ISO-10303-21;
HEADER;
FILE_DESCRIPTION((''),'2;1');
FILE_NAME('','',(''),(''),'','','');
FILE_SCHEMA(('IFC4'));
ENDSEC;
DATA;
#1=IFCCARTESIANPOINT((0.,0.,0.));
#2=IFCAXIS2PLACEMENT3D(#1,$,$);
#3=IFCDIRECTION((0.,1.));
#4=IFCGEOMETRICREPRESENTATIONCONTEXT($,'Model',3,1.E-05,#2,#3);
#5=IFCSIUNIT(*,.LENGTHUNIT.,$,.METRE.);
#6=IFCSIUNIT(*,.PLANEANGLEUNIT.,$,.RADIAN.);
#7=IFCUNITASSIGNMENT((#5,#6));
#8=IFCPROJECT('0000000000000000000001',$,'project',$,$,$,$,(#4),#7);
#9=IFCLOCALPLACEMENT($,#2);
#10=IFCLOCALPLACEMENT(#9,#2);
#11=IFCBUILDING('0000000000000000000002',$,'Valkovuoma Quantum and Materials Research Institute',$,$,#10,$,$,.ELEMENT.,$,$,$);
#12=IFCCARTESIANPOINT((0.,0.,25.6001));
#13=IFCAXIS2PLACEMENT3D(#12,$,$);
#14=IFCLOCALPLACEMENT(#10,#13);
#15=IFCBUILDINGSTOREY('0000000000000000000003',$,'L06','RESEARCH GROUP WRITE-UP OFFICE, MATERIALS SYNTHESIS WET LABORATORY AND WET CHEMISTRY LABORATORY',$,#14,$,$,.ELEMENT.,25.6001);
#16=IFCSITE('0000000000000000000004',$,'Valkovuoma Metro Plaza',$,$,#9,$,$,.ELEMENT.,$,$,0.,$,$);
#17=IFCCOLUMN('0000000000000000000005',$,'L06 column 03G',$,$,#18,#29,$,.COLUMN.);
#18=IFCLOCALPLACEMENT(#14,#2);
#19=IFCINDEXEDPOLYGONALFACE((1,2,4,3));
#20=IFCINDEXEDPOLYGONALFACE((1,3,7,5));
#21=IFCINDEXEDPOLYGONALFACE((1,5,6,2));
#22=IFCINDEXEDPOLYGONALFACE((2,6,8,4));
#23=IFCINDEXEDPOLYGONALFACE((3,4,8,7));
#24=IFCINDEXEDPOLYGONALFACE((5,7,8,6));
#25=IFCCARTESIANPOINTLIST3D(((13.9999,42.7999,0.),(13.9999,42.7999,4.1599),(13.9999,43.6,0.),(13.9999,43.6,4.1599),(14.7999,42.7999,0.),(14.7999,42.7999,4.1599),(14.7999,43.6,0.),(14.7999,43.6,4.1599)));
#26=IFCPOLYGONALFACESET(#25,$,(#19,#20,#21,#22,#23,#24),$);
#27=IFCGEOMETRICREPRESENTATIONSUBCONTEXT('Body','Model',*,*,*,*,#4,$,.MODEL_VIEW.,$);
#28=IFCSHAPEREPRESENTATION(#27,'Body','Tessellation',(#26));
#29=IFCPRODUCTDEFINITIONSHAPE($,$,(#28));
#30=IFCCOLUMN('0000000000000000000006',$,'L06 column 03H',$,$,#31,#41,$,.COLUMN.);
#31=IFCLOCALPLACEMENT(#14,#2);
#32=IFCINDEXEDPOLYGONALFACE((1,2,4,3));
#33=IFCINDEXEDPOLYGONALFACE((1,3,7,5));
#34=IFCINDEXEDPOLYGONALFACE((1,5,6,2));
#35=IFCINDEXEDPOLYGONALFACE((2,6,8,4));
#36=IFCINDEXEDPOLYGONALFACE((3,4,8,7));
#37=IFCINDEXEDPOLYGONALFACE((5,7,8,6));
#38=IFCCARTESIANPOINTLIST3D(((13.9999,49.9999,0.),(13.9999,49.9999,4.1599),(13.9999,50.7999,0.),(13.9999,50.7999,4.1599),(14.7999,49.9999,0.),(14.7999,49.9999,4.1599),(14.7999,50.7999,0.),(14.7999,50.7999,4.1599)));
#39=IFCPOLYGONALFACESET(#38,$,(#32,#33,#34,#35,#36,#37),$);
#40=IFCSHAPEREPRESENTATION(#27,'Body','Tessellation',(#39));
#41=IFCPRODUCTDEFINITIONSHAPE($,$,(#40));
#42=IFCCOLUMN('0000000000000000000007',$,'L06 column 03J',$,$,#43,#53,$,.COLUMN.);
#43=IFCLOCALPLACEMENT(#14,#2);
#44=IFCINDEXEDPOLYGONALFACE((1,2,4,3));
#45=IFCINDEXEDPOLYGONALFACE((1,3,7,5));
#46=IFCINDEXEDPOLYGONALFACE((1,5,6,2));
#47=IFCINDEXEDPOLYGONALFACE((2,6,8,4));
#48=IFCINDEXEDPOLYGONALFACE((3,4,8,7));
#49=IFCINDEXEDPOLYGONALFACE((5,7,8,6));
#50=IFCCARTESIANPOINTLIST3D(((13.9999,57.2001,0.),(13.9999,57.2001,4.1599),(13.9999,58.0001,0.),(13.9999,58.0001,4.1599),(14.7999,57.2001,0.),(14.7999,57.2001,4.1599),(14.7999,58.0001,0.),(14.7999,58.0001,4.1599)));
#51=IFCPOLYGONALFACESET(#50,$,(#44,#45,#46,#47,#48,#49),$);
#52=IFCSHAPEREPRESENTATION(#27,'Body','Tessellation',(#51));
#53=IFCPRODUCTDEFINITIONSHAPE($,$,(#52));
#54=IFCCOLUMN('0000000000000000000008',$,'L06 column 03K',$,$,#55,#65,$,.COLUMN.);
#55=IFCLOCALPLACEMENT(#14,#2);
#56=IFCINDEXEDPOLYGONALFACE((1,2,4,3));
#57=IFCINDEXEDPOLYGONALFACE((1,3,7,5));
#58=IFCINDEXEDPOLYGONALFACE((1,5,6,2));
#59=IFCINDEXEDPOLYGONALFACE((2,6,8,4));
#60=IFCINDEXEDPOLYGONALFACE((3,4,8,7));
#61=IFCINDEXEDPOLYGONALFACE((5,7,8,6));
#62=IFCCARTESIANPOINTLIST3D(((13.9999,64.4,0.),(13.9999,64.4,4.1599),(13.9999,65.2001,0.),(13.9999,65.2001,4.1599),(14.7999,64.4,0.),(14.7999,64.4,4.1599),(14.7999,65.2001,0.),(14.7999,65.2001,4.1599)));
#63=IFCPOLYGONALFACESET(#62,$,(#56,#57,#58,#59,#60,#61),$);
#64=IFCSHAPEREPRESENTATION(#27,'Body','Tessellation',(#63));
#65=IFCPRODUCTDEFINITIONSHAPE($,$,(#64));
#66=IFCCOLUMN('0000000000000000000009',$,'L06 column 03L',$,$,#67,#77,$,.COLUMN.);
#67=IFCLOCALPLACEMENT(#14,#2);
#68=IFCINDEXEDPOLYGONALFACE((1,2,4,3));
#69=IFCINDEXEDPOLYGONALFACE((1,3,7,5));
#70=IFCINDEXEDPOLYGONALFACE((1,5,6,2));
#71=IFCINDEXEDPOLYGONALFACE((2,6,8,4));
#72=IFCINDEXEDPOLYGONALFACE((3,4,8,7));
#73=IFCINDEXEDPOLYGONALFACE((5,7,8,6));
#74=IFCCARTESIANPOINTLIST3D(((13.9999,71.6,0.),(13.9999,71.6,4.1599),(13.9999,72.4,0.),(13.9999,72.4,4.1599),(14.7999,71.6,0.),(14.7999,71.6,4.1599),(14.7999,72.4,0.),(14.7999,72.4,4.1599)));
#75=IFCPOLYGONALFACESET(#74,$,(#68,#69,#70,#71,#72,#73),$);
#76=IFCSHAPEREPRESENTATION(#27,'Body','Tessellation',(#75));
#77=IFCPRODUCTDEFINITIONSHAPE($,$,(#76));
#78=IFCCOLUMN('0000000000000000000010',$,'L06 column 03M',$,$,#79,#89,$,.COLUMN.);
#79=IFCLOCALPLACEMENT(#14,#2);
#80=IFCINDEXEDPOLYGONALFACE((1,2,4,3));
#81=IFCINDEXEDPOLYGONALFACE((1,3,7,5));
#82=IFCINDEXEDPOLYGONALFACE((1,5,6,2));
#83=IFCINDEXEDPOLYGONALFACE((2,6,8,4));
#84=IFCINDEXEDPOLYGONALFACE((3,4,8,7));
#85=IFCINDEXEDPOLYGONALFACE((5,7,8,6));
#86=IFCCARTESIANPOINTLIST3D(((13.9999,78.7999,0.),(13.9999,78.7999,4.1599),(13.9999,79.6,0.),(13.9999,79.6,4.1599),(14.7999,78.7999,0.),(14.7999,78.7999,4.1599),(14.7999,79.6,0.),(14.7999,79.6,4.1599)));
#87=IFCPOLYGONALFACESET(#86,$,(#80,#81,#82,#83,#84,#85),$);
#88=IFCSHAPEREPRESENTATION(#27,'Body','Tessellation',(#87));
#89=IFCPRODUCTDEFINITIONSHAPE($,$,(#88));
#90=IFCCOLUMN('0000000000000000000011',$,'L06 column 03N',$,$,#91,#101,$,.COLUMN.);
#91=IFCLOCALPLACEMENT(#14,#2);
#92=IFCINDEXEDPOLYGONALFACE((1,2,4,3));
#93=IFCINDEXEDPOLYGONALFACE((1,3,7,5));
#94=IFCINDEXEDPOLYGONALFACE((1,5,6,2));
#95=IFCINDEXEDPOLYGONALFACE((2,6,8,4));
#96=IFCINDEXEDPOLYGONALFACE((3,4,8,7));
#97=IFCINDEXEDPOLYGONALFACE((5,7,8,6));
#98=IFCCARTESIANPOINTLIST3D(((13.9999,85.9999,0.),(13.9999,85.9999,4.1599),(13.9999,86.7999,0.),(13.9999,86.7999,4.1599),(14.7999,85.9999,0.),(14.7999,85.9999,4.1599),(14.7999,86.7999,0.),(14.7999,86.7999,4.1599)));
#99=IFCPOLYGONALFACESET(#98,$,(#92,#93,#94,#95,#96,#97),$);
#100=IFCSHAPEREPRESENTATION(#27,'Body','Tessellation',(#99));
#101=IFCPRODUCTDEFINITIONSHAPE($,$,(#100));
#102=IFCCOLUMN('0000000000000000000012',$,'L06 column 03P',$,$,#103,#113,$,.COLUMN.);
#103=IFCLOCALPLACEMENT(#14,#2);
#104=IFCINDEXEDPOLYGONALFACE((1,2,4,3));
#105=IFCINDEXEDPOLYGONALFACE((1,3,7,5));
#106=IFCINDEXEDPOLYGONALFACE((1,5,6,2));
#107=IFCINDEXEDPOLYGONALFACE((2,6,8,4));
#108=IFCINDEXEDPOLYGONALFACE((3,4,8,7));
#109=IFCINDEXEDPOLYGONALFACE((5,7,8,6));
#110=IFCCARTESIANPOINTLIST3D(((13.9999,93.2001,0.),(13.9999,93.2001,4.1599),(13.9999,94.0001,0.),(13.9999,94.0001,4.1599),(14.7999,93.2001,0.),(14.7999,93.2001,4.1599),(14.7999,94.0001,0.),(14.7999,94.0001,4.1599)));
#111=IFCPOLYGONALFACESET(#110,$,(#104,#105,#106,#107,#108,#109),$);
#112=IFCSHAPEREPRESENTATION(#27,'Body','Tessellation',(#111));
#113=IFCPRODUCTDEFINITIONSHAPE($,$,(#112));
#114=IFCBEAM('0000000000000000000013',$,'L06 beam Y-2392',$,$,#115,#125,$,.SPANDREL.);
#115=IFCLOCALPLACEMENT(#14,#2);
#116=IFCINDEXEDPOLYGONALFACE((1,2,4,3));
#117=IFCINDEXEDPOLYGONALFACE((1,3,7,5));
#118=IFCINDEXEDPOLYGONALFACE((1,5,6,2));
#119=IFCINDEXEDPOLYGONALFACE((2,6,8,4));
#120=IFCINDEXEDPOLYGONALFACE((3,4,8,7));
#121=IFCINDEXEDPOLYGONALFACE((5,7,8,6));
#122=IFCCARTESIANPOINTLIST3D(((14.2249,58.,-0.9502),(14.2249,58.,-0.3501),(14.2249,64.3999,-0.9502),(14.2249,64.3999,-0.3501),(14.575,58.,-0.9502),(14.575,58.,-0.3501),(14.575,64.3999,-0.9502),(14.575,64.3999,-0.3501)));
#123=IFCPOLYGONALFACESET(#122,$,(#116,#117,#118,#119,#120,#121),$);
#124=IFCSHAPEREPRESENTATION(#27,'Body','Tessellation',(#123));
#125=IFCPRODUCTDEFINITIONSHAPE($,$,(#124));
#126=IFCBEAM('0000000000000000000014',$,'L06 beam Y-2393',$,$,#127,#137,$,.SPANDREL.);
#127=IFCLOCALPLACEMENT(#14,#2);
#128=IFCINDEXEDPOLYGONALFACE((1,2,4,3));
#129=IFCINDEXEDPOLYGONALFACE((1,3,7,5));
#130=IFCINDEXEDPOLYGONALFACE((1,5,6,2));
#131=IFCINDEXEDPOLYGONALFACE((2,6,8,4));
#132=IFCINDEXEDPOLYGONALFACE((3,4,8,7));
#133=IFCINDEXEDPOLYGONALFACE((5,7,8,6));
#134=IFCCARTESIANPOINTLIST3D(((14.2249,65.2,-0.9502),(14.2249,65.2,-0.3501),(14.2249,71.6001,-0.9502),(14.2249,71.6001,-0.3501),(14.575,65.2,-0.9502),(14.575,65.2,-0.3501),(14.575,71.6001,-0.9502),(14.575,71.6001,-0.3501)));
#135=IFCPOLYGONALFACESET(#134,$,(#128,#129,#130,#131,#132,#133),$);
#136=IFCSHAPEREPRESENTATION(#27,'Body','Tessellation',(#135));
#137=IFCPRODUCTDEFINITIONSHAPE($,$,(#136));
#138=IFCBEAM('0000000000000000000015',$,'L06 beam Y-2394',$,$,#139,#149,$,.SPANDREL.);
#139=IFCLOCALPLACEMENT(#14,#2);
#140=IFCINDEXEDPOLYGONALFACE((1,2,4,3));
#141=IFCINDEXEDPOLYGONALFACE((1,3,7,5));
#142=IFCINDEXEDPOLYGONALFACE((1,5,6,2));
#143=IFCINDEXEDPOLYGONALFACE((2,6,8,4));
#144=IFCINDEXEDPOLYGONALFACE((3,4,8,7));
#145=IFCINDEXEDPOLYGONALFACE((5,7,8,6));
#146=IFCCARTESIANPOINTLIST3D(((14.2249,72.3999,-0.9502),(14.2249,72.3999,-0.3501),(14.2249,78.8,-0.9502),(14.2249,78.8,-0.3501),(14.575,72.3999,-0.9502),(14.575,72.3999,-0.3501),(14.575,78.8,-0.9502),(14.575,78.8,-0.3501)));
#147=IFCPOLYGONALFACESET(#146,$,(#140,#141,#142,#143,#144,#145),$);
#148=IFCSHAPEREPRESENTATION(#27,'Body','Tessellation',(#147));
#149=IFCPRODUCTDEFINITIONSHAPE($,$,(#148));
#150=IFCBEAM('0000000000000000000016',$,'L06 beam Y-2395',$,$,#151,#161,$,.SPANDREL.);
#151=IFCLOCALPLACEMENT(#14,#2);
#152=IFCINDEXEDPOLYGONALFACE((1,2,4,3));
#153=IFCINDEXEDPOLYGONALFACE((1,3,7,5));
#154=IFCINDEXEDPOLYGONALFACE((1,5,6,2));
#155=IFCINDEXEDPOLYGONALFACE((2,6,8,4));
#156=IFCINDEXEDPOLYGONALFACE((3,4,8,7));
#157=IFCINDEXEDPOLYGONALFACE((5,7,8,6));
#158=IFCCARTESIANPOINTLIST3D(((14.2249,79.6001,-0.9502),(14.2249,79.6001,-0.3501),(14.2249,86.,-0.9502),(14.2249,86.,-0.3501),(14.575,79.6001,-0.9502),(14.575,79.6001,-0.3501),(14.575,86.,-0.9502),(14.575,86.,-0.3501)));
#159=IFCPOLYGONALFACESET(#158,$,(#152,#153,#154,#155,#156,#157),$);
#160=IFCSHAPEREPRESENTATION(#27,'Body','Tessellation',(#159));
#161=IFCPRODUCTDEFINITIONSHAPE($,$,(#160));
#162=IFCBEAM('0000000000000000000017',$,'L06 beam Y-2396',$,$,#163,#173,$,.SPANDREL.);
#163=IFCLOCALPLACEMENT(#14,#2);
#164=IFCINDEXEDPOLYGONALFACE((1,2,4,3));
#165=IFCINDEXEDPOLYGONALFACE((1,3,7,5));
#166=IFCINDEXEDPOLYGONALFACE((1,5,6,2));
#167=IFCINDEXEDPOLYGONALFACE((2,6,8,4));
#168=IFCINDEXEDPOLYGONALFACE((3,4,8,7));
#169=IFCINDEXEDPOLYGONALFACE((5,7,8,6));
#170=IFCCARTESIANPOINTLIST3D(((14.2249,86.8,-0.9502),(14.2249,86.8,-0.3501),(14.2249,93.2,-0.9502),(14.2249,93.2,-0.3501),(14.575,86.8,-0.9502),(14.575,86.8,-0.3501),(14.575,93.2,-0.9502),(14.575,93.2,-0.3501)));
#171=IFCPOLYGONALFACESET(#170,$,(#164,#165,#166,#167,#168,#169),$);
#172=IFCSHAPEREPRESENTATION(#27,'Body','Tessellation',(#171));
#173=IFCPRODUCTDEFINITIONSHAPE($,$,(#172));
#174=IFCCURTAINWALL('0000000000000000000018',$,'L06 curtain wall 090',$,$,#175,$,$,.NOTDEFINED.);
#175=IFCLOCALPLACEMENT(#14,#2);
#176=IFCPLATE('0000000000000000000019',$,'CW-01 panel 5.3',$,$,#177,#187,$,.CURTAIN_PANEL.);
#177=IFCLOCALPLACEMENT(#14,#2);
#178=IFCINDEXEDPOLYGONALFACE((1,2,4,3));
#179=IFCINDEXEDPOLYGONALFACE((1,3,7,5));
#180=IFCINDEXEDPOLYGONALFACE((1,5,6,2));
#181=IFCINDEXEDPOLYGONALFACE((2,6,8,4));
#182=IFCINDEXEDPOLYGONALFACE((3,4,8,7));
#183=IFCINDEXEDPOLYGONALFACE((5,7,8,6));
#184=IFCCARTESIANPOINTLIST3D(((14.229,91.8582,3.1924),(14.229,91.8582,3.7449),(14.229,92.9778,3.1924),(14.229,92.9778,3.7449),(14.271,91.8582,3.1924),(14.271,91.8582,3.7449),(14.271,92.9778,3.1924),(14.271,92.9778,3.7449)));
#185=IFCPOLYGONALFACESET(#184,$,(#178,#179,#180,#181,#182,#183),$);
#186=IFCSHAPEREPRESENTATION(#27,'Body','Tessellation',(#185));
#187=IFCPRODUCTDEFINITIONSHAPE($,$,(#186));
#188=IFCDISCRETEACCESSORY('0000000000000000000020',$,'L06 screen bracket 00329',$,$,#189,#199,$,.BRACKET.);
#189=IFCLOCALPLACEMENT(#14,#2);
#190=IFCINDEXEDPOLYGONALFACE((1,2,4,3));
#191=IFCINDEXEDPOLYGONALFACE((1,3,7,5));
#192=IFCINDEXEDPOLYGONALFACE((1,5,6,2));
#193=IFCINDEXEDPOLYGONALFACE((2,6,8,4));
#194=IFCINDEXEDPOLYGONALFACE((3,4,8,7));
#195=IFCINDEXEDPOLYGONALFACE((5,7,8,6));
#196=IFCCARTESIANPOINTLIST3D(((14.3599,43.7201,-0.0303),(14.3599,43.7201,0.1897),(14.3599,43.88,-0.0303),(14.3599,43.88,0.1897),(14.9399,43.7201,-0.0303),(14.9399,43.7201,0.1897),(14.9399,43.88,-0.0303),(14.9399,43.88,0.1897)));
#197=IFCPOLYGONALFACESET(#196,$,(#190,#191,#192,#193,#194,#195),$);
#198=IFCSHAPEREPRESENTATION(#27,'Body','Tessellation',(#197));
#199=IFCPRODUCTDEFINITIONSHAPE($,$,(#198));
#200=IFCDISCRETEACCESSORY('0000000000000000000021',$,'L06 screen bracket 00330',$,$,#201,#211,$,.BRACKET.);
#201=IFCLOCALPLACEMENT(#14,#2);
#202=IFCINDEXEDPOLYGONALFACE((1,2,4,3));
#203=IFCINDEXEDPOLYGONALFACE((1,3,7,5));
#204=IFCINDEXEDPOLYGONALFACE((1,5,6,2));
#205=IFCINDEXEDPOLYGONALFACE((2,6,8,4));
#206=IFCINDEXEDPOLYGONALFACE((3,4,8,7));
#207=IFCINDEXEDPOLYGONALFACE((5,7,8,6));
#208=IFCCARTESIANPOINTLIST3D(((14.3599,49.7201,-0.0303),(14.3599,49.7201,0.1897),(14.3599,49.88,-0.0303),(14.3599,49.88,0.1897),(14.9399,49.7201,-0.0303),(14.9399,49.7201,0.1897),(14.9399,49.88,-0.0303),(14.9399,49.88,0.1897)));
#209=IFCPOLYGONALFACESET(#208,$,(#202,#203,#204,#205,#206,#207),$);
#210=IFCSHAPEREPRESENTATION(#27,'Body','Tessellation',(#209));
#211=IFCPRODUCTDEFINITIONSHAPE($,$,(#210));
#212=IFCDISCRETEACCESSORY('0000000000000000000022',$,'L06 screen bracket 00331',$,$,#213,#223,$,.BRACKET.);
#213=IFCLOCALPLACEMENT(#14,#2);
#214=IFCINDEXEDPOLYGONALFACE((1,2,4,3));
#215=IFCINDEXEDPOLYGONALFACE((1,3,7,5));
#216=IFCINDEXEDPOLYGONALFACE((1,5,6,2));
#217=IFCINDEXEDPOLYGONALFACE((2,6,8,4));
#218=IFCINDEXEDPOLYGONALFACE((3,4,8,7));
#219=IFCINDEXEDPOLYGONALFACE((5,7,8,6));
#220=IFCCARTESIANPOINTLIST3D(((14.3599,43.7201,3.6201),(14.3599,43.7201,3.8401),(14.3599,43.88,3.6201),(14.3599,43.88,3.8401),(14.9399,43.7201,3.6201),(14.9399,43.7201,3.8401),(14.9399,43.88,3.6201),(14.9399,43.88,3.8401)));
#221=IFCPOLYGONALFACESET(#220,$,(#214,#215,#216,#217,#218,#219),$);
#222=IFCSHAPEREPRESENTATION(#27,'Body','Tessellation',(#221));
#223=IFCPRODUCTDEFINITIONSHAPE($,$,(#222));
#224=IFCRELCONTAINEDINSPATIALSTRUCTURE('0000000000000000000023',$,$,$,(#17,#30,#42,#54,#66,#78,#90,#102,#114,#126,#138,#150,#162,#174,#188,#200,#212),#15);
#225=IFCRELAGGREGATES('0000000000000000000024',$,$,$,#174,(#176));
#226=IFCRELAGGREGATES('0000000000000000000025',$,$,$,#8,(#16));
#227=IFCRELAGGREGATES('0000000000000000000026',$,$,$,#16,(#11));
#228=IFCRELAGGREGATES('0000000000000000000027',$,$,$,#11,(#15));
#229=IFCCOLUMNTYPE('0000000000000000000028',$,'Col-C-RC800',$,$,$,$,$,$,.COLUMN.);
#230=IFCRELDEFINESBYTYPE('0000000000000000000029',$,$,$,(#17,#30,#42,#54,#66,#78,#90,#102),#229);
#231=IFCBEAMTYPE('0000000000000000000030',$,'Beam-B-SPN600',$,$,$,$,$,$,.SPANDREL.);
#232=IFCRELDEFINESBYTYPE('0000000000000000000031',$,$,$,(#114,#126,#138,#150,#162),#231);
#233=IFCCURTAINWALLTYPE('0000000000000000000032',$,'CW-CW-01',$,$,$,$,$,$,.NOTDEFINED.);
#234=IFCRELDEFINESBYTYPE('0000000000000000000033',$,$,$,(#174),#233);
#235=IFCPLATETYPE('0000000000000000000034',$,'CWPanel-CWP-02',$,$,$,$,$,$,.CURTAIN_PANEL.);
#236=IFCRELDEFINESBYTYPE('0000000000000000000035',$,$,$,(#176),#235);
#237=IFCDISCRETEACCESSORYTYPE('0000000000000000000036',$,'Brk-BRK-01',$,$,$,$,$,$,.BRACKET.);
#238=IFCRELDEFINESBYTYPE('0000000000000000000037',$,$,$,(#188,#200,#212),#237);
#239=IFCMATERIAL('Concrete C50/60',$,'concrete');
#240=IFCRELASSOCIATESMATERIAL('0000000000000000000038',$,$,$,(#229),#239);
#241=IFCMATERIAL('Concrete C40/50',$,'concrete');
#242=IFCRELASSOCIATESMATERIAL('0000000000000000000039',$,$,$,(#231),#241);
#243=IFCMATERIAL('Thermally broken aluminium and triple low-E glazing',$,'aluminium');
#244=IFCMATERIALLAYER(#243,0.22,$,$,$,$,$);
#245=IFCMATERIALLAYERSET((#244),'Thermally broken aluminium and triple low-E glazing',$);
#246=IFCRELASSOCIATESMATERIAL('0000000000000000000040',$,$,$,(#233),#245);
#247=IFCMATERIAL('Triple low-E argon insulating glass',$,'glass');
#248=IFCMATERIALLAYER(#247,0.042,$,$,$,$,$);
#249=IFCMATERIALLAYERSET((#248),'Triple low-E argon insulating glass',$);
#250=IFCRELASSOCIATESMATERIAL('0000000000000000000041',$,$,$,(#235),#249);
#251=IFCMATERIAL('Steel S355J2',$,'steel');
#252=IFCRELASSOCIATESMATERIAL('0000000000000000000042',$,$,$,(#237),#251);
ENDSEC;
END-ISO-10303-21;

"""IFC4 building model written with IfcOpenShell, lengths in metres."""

from ifc_helpers import new_model, si_unit, direction, frame, origin, origin_2d, place, context, subcontext, project, spatial, rectangle, extrude, material, layer, layer_set, material_profile, profile_set, type_object, element, aggregate, save


model = new_model("IFC4")

# Units and contexts
model_context = context("Model", 3, precision=1e-05, world=origin(), true_north=direction((0.0, 1.0)))
body_context = subcontext(model_context, "Body", "Model", "MODEL_VIEW")
ifc_project = project(units=[si_unit("LENGTHUNIT", "METRE"), si_unit("PLANEANGLEUNIT", "RADIAN")], contexts=[model_context])

# Site, building, storey
site_placement = place(None, origin())
site = spatial("IfcSite", under=ifc_project, at=site_placement, Name="Valkovuoma Metro Plaza", CompositionType="ELEMENT", RefElevation=0.0)
building_placement = place(site_placement, origin())
building = spatial("IfcBuilding", under=site, at=building_placement, Name="Valkovuoma Quantum and Materials Research Institute", CompositionType="ELEMENT")
storey_placement = place(building_placement, frame((0.0, 0.0, 25.6001)))
storey = spatial("IfcBuildingStorey", under=building, at=storey_placement, Name="L06", Description="RESEARCH GROUP WRITE-UP OFFICE, MATERIALS SYNTHESIS WET LABORATORY AND WET CHEMISTRY LABORATORY", CompositionType="ELEMENT", Elevation=25.6001)

# Columns
ifc_material_1 = material(Name="Concrete C50/60", Category="concrete")
ifc_material_profile_1 = material_profile(ifc_material_1, rectangle(XDim=0.8, YDim=0.8, at=origin_2d()), Name="Concrete C50/60")
ifc_profile_set_1 = profile_set([ifc_material_profile_1], Name="Concrete C50/60")
column_type = type_object("IfcColumnType", Name="Col-C-RC800", PredefinedType="COLUMN", material=ifc_profile_set_1)
for number, where, z_axis, x_axis, name in (
    (1, (14.3999, 43.2, 0.0), (0.0, 0.0, 1.0), (1.0, 0.0, 0.0), "L06 column 03G"),
    (2, (14.3999, 50.3999, 0.0), (0.0, 0.0, 1.0), (1.0, 0.0, 0.0), "L06 column 03H"),
    (3, (14.3999, 57.6001, 0.0), (0.0, 0.0, 1.0), (1.0, 0.0, 0.0), "L06 column 03J"),
    (4, (14.3999, 64.8, 0.0), (0.0, 0.0, 1.0), (1.0, 0.0, 0.0), "L06 column 03K"),
    (5, (14.3999, 72.0, 0.0), (0.0, 0.0, 1.0), (1.0, 0.0, 0.0), "L06 column 03L"),
    (6, (14.3999, 79.2, 0.0), (0.0, 0.0, 1.0), (1.0, 0.0, 0.0), "L06 column 03M"),
    (7, (14.3999, 86.3999, 0.0), (0.0, 0.0, 1.0), (1.0, 0.0, 0.0), "L06 column 03N"),
    (8, (14.3999, 93.6001, 0.0), (0.0, 0.0, 1.0), (1.0, 0.0, 0.0), "L06 column 03P"),
):
    element("IfcColumn", number, at=place(storey_placement, frame(where, z_axis=z_axis, x_axis=x_axis)), inside=storey, type_object=column_type, Name=name, PredefinedType="COLUMN", context=body_context, shape_type="SweptSolid", body=[
        extrude(rectangle(XDim=0.8, YDim=0.8, at=origin_2d()), origin(), (0.0, 0.0, 1.0), 4.1599),
    ])

# Beams
ifc_material_2 = material(Name="Concrete C40/50", Category="concrete")
ifc_material_profile_2 = material_profile(ifc_material_2, rectangle(XDim=0.3501, YDim=0.6001, at=origin_2d()), Name="Concrete C40/50")
ifc_profile_set_2 = profile_set([ifc_material_profile_2], Name="Concrete C40/50")
beam_type = type_object("IfcBeamType", Name="Beam-B-SPN600", PredefinedType="SPANDREL", material=ifc_profile_set_2)
beam_placement = place(storey_placement, frame((14.3999, 58.0, -0.6501), z_axis=(0.0, 1.0, 0.0), x_axis=(-1.0, 0.0, 0.0)))
element("IfcBeam", 9, at=beam_placement, inside=storey, type_object=beam_type, Name="L06 beam Y-2392", PredefinedType="SPANDREL", context=body_context, shape_type="SweptSolid", body=[
    extrude(rectangle(XDim=0.3501, YDim=0.6001, at=origin_2d()), origin(), (0.0, 0.0, 1.0), 6.3999),
])
for number, where, z_axis, x_axis, name in (
    (10, (14.3999, 65.2, -0.6501), (0.0, 1.0, 0.0), (-1.0, 0.0, 0.0), "L06 beam Y-2393"),
    (11, (14.3999, 72.3999, -0.6501), (0.0, 1.0, 0.0), (-1.0, 0.0, 0.0), "L06 beam Y-2394"),
):
    element("IfcBeam", number, at=place(storey_placement, frame(where, z_axis=z_axis, x_axis=x_axis)), inside=storey, type_object=beam_type, Name=name, PredefinedType="SPANDREL", context=body_context, shape_type="SweptSolid", body=[
        extrude(rectangle(XDim=0.3501, YDim=0.6001, at=origin_2d()), origin(), (0.0, 0.0, 1.0), 6.4001),
    ])
for number, where, z_axis, x_axis, name in (
    (12, (14.3999, 79.6001, -0.6501), (0.0, 1.0, 0.0), (-1.0, 0.0, 0.0), "L06 beam Y-2395"),
    (13, (14.3999, 86.8, -0.6501), (0.0, 1.0, 0.0), (-1.0, 0.0, 0.0), "L06 beam Y-2396"),
):
    element("IfcBeam", number, at=place(storey_placement, frame(where, z_axis=z_axis, x_axis=x_axis)), inside=storey, type_object=beam_type, Name=name, PredefinedType="SPANDREL", context=body_context, shape_type="SweptSolid", body=[
        extrude(rectangle(XDim=0.3501, YDim=0.6001, at=origin_2d()), origin(), (0.0, 0.0, 1.0), 6.3999),
    ])

# Curtain wall, plate
ifc_material_3 = material(Name="Thermally broken aluminium and triple low-E glazing", Category="aluminium")
ifc_layer_1 = layer(ifc_material_3, 0.22)
ifc_layer_set_1 = layer_set([ifc_layer_1], Name="Thermally broken aluminium and triple low-E glazing")
curtain_wall_type = type_object("IfcCurtainWallType", Name="CW-CW-01", PredefinedType="NOTDEFINED", material=ifc_layer_set_1)
curtain_wall_placement = place(storey_placement, origin())
curtain_wall = element("IfcCurtainWall", 14, at=curtain_wall_placement, inside=storey, type_object=curtain_wall_type, Name="L06 curtain wall 090", PredefinedType="NOTDEFINED")
ifc_material_4 = material(Name="Triple low-E argon insulating glass", Category="glass")
ifc_layer_2 = layer(ifc_material_4, 0.042)
ifc_layer_set_2 = layer_set([ifc_layer_2], Name="Triple low-E argon insulating glass")
plate_type = type_object("IfcPlateType", Name="CWPanel-CWP-02", PredefinedType="CURTAIN_PANEL", material=ifc_layer_set_2)
plate_placement = place(storey_placement, frame((14.25, 92.418, 3.1924), z_axis=(0.0, 0.0, 1.0), x_axis=(0.0, 1.0, 0.0)))
plate = element("IfcPlate", 15, at=plate_placement, type_object=plate_type, Name="CW-01 panel 5.3", PredefinedType="CURTAIN_PANEL", context=body_context, shape_type="SweptSolid", body=[
    extrude(rectangle(XDim=1.1196, YDim=0.042, at=origin_2d()), origin(), (0.0, 0.0, 1.0), 0.5525),
])
aggregate(curtain_wall, [plate])

# Discrete accessories
ifc_material_5 = material(Name="Steel S355J2", Category="steel")
discrete_accessory_type = type_object("IfcDiscreteAccessoryType", Name="Brk-BRK-01", PredefinedType="BRACKET", material=ifc_material_5)
for number, where, z_axis, x_axis, name in (
    (16, (14.6499, 43.8, -0.0303), (0.0, 0.0, 1.0), (1.0, 0.0, 0.0), "L06 screen bracket 00329"),
    (17, (14.6499, 49.8, -0.0303), (0.0, 0.0, 1.0), (1.0, 0.0, 0.0), "L06 screen bracket 00330"),
    (18, (14.6499, 43.8, 3.6201), (0.0, 0.0, 1.0), (1.0, 0.0, 0.0), "L06 screen bracket 00331"),
):
    element("IfcDiscreteAccessory", number, at=place(storey_placement, frame(where, z_axis=z_axis, x_axis=x_axis)), inside=storey, type_object=discrete_accessory_type, Name=name, PredefinedType="BRACKET", context=body_context, shape_type="SweptSolid", body=[
        extrude(rectangle(XDim=0.5801, YDim=0.1599, at=origin_2d()), origin(), (0.0, 0.0, 1.0), 0.22),
    ])

save(model, "model.ifc")
